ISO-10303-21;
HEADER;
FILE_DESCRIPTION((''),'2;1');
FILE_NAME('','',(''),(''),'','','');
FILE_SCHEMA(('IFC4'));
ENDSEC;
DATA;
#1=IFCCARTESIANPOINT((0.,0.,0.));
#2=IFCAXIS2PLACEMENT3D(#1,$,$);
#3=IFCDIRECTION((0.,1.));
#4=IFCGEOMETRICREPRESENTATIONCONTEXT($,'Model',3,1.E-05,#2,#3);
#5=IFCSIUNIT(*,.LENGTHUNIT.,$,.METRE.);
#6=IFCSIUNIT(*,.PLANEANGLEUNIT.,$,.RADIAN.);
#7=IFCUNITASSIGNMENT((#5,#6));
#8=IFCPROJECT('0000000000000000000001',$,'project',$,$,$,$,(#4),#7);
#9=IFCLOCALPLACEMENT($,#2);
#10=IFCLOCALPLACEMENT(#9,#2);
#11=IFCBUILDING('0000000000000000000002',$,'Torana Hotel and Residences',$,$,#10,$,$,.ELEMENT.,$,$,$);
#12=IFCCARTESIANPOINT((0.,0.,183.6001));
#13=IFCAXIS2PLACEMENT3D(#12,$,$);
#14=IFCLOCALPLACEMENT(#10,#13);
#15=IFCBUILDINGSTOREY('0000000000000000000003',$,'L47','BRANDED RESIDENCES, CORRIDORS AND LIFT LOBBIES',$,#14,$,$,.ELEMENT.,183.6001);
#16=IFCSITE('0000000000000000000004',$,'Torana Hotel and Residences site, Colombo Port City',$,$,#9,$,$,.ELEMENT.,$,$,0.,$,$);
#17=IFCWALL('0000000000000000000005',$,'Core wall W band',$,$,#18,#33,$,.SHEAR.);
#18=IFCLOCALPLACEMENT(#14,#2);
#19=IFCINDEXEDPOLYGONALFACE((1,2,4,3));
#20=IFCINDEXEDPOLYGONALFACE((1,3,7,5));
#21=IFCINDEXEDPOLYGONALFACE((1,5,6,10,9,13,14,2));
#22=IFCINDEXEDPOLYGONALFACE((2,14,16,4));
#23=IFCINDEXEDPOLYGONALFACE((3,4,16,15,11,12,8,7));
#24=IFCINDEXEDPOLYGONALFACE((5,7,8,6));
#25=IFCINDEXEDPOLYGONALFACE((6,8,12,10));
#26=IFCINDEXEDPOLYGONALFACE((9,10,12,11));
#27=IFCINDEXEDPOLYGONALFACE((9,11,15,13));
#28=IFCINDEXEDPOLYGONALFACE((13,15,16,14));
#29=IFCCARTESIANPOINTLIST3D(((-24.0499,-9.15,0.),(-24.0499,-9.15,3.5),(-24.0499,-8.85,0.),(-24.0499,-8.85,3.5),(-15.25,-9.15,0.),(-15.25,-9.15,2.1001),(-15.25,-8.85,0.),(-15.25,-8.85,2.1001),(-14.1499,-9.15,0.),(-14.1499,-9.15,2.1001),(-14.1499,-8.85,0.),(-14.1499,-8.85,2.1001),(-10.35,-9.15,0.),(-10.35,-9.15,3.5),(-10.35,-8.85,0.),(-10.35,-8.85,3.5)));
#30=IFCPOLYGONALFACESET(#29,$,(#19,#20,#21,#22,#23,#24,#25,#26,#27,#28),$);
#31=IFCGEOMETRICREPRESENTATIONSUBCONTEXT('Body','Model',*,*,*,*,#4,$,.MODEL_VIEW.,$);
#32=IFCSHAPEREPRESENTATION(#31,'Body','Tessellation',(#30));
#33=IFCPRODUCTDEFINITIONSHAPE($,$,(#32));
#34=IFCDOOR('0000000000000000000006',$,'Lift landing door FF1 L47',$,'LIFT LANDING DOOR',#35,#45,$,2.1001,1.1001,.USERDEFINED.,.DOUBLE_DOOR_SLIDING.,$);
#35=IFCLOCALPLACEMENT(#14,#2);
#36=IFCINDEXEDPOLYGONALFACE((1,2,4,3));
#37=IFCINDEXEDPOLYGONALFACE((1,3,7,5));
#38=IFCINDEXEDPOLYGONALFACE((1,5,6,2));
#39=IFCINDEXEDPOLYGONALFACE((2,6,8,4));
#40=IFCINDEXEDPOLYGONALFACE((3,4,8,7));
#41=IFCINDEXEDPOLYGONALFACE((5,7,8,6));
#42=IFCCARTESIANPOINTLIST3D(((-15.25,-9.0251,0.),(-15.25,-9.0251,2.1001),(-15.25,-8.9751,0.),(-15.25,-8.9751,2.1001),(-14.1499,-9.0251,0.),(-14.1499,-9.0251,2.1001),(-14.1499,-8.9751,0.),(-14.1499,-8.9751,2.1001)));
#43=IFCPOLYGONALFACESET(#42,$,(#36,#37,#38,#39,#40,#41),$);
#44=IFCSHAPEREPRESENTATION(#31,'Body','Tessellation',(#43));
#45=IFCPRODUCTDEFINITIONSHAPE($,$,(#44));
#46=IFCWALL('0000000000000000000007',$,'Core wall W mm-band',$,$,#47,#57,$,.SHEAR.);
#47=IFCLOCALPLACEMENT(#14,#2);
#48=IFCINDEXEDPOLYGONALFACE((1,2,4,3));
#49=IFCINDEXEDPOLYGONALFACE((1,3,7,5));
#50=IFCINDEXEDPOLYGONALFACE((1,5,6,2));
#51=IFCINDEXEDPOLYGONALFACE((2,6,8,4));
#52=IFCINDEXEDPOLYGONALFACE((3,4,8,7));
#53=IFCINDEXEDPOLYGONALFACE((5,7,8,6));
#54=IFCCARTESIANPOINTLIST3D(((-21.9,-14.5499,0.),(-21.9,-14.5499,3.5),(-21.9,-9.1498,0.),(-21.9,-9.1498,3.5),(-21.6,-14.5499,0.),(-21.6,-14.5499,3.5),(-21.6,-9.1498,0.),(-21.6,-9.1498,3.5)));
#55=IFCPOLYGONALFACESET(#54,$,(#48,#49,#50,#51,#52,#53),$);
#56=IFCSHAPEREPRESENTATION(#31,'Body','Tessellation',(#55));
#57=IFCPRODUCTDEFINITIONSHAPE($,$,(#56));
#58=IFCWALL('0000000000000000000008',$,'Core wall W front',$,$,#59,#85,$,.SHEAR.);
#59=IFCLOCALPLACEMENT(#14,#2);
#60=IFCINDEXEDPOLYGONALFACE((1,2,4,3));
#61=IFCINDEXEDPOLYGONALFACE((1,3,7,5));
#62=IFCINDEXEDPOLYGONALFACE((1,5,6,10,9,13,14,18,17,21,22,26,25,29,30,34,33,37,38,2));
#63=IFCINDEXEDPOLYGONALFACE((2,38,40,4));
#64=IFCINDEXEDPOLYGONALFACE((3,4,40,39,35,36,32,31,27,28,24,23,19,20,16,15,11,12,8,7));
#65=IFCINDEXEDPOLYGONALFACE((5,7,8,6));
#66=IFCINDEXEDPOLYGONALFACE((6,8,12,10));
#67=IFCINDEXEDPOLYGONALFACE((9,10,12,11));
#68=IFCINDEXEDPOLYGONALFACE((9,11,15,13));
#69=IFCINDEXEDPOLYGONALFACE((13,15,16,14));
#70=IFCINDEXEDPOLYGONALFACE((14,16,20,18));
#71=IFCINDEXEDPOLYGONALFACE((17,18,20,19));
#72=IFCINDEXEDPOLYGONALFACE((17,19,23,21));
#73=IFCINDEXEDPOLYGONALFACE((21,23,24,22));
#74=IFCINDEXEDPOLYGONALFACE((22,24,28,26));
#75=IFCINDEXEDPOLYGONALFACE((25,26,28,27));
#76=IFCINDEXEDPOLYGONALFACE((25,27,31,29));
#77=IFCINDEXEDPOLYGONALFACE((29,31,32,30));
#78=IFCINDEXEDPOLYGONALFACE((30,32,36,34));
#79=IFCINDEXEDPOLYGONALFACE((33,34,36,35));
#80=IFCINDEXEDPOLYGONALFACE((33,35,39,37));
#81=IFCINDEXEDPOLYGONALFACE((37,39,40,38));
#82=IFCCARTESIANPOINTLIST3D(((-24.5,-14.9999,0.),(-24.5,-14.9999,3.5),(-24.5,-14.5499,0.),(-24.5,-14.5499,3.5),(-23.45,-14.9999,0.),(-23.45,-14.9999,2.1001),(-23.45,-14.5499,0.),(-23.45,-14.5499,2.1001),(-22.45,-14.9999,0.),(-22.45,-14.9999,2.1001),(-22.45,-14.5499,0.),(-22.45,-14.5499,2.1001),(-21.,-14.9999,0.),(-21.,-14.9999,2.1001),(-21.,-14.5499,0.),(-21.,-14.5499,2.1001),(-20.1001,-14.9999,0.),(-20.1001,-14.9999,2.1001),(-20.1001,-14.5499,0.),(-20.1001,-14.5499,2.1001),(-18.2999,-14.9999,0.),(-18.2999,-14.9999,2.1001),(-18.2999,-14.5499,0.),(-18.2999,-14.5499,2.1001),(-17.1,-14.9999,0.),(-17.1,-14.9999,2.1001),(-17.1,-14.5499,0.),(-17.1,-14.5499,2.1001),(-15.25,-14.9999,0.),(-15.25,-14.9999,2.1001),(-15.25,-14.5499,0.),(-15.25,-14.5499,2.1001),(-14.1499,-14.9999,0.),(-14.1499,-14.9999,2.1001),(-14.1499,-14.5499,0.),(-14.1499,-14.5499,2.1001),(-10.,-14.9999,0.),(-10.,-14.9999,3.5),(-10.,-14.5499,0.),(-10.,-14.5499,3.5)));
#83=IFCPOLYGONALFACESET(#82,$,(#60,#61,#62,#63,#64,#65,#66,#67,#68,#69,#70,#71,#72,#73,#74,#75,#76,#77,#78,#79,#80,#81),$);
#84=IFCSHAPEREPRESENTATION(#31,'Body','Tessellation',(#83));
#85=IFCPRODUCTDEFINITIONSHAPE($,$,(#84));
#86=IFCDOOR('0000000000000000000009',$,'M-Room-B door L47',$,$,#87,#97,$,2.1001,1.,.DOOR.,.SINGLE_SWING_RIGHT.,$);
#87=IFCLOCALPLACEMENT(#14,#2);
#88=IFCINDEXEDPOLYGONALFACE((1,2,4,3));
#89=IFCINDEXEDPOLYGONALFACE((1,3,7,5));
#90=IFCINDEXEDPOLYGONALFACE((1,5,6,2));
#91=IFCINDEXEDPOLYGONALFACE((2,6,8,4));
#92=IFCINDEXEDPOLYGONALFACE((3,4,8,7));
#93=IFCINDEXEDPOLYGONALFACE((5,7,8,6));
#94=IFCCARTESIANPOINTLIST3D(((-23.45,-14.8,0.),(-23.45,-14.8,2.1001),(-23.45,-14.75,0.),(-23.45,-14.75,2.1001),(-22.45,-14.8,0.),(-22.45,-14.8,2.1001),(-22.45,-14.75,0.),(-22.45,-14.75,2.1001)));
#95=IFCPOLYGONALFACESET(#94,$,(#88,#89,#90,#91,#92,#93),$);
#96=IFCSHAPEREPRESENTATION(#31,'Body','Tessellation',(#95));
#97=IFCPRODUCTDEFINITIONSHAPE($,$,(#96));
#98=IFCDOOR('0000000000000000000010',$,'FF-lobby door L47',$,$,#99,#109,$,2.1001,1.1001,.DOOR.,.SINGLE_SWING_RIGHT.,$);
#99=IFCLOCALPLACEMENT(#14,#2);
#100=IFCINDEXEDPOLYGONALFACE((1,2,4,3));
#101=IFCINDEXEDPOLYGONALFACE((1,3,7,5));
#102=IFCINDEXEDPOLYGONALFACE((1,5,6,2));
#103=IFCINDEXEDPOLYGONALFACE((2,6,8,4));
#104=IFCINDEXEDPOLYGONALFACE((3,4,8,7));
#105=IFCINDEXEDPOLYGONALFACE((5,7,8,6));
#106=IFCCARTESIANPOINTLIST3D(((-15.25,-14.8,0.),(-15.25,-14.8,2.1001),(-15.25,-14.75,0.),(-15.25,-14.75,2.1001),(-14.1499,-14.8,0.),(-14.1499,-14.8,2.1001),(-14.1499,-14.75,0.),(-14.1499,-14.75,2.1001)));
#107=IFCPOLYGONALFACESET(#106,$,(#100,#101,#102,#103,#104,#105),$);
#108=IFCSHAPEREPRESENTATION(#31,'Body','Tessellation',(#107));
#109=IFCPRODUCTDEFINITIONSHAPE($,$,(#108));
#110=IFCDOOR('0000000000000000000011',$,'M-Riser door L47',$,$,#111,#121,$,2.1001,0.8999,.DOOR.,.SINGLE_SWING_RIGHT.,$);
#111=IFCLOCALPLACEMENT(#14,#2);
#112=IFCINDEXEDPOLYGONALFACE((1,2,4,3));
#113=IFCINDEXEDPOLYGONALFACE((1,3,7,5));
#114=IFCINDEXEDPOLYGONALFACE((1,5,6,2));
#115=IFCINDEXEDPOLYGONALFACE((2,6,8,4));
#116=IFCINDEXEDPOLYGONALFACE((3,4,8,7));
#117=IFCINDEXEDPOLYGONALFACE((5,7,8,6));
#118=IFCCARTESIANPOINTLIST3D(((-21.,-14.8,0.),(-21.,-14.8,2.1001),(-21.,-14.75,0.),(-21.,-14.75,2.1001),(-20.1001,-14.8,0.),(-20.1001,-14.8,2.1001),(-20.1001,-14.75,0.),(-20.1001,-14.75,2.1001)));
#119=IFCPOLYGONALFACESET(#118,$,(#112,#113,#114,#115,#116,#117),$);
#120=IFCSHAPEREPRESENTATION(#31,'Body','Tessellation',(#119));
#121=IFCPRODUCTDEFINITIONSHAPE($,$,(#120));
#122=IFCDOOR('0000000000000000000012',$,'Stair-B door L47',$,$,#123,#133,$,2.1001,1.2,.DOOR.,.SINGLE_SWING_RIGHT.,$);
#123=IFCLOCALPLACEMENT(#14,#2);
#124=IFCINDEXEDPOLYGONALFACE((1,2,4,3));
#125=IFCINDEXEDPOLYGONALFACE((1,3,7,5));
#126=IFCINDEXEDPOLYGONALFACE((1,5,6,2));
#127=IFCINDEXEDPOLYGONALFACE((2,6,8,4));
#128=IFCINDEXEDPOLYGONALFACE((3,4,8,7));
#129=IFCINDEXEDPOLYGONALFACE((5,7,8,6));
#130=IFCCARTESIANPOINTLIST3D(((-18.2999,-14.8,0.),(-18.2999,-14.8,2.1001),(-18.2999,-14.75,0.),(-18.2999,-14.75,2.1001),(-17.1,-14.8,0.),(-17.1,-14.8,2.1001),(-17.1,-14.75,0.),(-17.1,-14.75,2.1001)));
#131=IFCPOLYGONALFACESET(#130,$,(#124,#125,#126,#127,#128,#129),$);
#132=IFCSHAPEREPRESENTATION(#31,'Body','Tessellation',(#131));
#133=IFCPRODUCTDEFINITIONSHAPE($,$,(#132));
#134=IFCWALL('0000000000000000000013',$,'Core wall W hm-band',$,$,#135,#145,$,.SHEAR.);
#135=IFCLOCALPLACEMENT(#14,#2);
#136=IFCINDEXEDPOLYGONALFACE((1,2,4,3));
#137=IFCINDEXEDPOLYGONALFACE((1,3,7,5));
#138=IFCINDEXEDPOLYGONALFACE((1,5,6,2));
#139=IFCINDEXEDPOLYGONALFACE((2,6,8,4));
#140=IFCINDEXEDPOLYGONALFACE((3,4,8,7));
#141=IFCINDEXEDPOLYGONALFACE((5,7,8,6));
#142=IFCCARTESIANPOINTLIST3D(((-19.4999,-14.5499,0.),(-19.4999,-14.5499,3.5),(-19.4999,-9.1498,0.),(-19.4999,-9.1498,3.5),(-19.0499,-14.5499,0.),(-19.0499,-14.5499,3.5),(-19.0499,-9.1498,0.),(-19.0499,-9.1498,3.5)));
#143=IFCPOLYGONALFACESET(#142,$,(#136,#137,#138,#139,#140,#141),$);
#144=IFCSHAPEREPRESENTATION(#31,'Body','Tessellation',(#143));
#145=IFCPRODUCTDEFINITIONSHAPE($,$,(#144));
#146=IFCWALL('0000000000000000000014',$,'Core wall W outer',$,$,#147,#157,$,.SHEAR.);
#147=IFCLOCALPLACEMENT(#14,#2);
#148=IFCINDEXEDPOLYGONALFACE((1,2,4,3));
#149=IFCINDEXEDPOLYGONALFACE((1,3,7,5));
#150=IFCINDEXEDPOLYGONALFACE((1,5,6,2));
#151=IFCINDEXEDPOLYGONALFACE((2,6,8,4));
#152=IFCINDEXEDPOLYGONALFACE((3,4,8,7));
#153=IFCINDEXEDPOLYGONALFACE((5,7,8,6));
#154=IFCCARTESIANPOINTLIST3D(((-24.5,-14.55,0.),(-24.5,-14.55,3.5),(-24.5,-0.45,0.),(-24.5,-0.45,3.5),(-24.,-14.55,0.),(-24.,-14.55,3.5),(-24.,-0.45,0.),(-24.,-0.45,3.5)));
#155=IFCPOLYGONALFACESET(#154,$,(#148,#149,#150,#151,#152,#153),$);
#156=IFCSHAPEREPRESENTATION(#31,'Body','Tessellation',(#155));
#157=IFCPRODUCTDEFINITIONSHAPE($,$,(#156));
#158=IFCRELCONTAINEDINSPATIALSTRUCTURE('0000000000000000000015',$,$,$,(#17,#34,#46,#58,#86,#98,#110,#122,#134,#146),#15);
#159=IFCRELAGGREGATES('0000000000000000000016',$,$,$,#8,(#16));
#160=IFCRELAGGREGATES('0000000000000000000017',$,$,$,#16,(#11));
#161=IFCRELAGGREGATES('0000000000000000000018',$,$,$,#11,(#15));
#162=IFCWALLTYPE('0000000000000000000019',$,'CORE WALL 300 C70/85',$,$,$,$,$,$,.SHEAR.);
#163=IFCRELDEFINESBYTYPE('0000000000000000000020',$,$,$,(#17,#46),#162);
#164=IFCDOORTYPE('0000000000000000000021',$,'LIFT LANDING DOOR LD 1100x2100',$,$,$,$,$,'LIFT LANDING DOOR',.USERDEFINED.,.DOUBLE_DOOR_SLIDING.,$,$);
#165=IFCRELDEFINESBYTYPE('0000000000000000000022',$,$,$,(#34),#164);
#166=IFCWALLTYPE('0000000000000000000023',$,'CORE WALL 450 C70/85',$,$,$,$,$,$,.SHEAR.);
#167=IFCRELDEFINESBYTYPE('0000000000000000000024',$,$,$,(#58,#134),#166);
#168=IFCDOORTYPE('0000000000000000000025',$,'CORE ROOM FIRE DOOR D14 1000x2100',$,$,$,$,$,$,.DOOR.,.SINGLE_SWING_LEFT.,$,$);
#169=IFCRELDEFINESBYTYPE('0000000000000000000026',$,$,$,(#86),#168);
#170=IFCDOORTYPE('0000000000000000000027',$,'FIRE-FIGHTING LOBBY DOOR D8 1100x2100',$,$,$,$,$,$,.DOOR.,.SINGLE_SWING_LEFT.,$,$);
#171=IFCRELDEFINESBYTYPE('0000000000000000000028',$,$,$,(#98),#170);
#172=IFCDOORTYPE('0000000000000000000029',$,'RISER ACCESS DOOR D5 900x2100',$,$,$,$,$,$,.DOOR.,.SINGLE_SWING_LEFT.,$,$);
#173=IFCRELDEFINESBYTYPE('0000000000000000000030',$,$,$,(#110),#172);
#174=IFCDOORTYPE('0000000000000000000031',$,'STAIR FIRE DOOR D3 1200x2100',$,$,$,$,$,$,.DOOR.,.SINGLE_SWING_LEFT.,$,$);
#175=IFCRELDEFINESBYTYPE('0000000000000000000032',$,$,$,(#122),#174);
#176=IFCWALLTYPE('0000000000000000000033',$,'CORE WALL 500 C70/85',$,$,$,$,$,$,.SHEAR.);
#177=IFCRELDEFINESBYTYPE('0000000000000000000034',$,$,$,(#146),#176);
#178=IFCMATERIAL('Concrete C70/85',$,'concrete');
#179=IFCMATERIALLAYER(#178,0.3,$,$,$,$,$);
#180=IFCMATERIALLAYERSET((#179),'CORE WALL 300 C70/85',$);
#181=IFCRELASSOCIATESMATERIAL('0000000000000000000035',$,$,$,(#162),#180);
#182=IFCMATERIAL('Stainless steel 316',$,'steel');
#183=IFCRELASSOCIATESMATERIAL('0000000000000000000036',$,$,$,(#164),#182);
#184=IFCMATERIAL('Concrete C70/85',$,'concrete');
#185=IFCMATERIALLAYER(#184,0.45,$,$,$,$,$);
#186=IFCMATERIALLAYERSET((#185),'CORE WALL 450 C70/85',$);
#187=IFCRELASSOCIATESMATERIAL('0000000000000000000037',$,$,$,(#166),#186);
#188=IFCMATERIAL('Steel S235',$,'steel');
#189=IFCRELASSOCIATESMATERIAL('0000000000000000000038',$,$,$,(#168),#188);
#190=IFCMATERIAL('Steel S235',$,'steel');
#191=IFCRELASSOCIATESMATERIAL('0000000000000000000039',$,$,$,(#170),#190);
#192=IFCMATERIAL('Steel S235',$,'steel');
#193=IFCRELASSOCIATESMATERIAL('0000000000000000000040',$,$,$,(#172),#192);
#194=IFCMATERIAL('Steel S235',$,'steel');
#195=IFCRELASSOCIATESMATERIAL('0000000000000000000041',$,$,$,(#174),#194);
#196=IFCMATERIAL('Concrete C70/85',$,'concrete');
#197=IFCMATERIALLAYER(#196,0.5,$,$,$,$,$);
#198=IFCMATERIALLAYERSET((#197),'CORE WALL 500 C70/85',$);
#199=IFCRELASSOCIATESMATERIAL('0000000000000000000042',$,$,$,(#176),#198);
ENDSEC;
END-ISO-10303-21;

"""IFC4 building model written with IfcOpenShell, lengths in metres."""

from ifc_helpers import new_model, si_unit, direction, frame, frame_2d, origin, place, context, subcontext, project, spatial, rectangle, extrude, material, layer, layer_set, type_object, element, fill, save


model = new_model("IFC4")

# Units and contexts
model_context = context("Model", 3, precision=1e-05, world=origin(), true_north=direction((0.0, 1.0)))
body_context = subcontext(model_context, "Body", "Model", "MODEL_VIEW")
ifc_project = project(units=[si_unit("LENGTHUNIT", "METRE"), si_unit("PLANEANGLEUNIT", "RADIAN")], contexts=[model_context])

# Site, building, storey
site_placement = place(None, origin())
site = spatial("IfcSite", under=ifc_project, at=site_placement, Name="Torana Hotel and Residences site, Colombo Port City", CompositionType="ELEMENT", RefElevation=0.0)
building_placement = place(site_placement, origin())
building = spatial("IfcBuilding", under=site, at=building_placement, Name="Torana Hotel and Residences", CompositionType="ELEMENT")
storey_placement = place(building_placement, frame((0.0, 0.0, 183.6001)))
storey = spatial("IfcBuildingStorey", under=building, at=storey_placement, Name="L47", Description="BRANDED RESIDENCES, CORRIDORS AND LIFT LOBBIES", CompositionType="ELEMENT", Elevation=183.6001)

# Wall, opening, door
ifc_material_1 = material(Name="Concrete C70/85", Category="concrete")
ifc_layer_1 = layer(ifc_material_1, 0.3)
ifc_layer_set_1 = layer_set([ifc_layer_1], Name="CORE WALL 300 C70/85")
wall_type_1 = type_object("IfcWallType", Name="CORE WALL 300 C70/85", PredefinedType="SHEAR", material=ifc_layer_set_1)
wall_1_placement = place(storey_placement, frame((-24.05, -9.0, 0.0), z_axis=(0.0, 0.0, 1.0), x_axis=(1.0, 0.0, 0.0)))
wall_1 = element("IfcWall", 1, at=wall_1_placement, inside=storey, type_object=wall_type_1, Name="Core wall W band", PredefinedType="SHEAR", context=body_context, shape_type="SweptSolid", body=[
    extrude(rectangle(XDim=13.7, YDim=0.3, at=frame_2d((6.8501, 0.0))), origin(), (0.0, 0.0, 1.0), 3.5),
])
opening_1_placement = place(wall_1_placement, frame((8.8, 0.0, 0.0)))
opening_1 = element("IfcOpeningElement", 2, at=opening_1_placement, cuts=wall_1, PredefinedType="OPENING", context=body_context, shape_type="SweptSolid", body=[
    extrude(rectangle(XDim=1.1001, YDim=2.1001, at=frame_2d((0.55, 1.05))), frame((0.0, 0.1599, 0.0), z_axis=(0.0, -1.0, 0.0), x_axis=(1.0, 0.0, 0.0)), (0.0, 0.0, 1.0), 0.3201),
])
ifc_material_2 = material(Name="Stainless steel 316", Category="steel")
door_type_1 = type_object("IfcDoorType", Name="LIFT LANDING DOOR LD 1100x2100", ElementType="LIFT LANDING DOOR", OperationType="DOUBLE_DOOR_SLIDING", PredefinedType="USERDEFINED", material=ifc_material_2)
door_1_placement = place(opening_1_placement, origin())
door_1 = element("IfcDoor", 3, at=door_1_placement, inside=storey, type_object=door_type_1, Name="Lift landing door FF1 L47", ObjectType="LIFT LANDING DOOR", OperationType="DOUBLE_DOOR_SLIDING", OverallHeight=2.1001, OverallWidth=1.1001, PredefinedType="USERDEFINED", context=body_context, shape_type="SweptSolid", body=[
    extrude(rectangle(XDim=1.1001, YDim=2.1001, at=frame_2d((0.55, 1.05))), frame((0.0, 0.0249, 0.0), z_axis=(0.0, -1.0, 0.0), x_axis=(1.0, 0.0, 0.0)), (0.0, 0.0, 1.0), 0.05),
])
fill(opening_1, door_1)

# Wall
wall_2_placement = place(storey_placement, frame((-21.75, -14.55, 0.0), z_axis=(0.0, 0.0, 1.0), x_axis=(0.0, 1.0, 0.0)))
element("IfcWall", 4, at=wall_2_placement, inside=storey, type_object=wall_type_1, Name="Core wall W mm-band", PredefinedType="SHEAR", context=body_context, shape_type="SweptSolid", body=[
    extrude(rectangle(XDim=5.4001, YDim=0.3, at=frame_2d((2.7002, 0.0))), origin(), (0.0, 0.0, 1.0), 3.5),
])

# Wall, openings, doors
ifc_material_3 = material(Name="Concrete C70/85", Category="concrete")
ifc_layer_2 = layer(ifc_material_3, 0.45)
ifc_layer_set_2 = layer_set([ifc_layer_2], Name="CORE WALL 450 C70/85")
wall_type_2 = type_object("IfcWallType", Name="CORE WALL 450 C70/85", PredefinedType="SHEAR", material=ifc_layer_set_2)
wall_3_placement = place(storey_placement, frame((-24.5, -14.7749, 0.0), z_axis=(0.0, 0.0, 1.0), x_axis=(1.0, 0.0, 0.0)))
wall_3 = element("IfcWall", 5, at=wall_3_placement, inside=storey, type_object=wall_type_2, Name="Core wall W front", PredefinedType="SHEAR", context=body_context, shape_type="SweptSolid", body=[
    extrude(rectangle(XDim=14.5, YDim=0.45, at=frame_2d((7.25, 0.0))), origin(), (0.0, 0.0, 1.0), 3.5),
])
opening_2_placement = place(wall_3_placement, frame((6.2, 0.0, 0.0)))
opening_2 = element("IfcOpeningElement", 6, at=opening_2_placement, cuts=wall_3, PredefinedType="OPENING", context=body_context, shape_type="SweptSolid", body=[
    extrude(rectangle(XDim=1.2, YDim=2.1001, at=frame_2d((0.6001, 1.05))), frame((0.0, 0.2349, 0.0), z_axis=(0.0, -1.0, 0.0), x_axis=(1.0, 0.0, 0.0)), (0.0, 0.0, 1.0), 0.47),
])
opening_3_placement = place(wall_3_placement, frame((9.25, 0.0, 0.0)))
opening_3 = element("IfcOpeningElement", 7, at=opening_3_placement, cuts=wall_3, PredefinedType="OPENING", context=body_context, shape_type="SweptSolid", body=[
    extrude(rectangle(XDim=1.1001, YDim=2.1001, at=frame_2d((0.55, 1.05))), frame((0.0, 0.2349, 0.0), z_axis=(0.0, -1.0, 0.0), x_axis=(1.0, 0.0, 0.0)), (0.0, 0.0, 1.0), 0.47),
])
opening_4_placement = place(wall_3_placement, frame((3.5, 0.0, 0.0)))
opening_4 = element("IfcOpeningElement", 8, at=opening_4_placement, cuts=wall_3, PredefinedType="OPENING", context=body_context, shape_type="SweptSolid", body=[
    extrude(rectangle(XDim=0.8999, YDim=2.1001, at=frame_2d((0.45, 1.05))), frame((0.0, 0.2349, 0.0), z_axis=(0.0, -1.0, 0.0), x_axis=(1.0, 0.0, 0.0)), (0.0, 0.0, 1.0), 0.47),
])
opening_5_placement = place(wall_3_placement, frame((1.05, 0.0, 0.0)))
opening_5 = element("IfcOpeningElement", 9, at=opening_5_placement, cuts=wall_3, PredefinedType="OPENING", context=body_context, shape_type="SweptSolid", body=[
    extrude(rectangle(XDim=1.0, YDim=2.1001, at=frame_2d((0.5, 1.05))), frame((0.0, 0.2349, 0.0), z_axis=(0.0, -1.0, 0.0), x_axis=(1.0, 0.0, 0.0)), (0.0, 0.0, 1.0), 0.47),
])
ifc_material_4 = material(Name="Steel S235", Category="steel")
door_type_2 = type_object("IfcDoorType", Name="CORE ROOM FIRE DOOR D14 1000x2100", OperationType="SINGLE_SWING_LEFT", PredefinedType="DOOR", material=ifc_material_4)
door_2_placement = place(opening_5_placement, origin())
door_2 = element("IfcDoor", 10, at=door_2_placement, inside=storey, type_object=door_type_2, Name="M-Room-B door L47", OperationType="SINGLE_SWING_RIGHT", OverallHeight=2.1001, OverallWidth=1.0, PredefinedType="DOOR", context=body_context, shape_type="SweptSolid", body=[
    extrude(rectangle(XDim=1.0, YDim=2.1001, at=frame_2d((0.5, 1.05))), frame((0.0, 0.0249, 0.0), z_axis=(0.0, -1.0, 0.0), x_axis=(1.0, 0.0, 0.0)), (0.0, 0.0, 1.0), 0.05),
])
fill(opening_5, door_2)
ifc_material_5 = material(Name="Steel S235", Category="steel")
door_type_3 = type_object("IfcDoorType", Name="FIRE-FIGHTING LOBBY DOOR D8 1100x2100", OperationType="SINGLE_SWING_LEFT", PredefinedType="DOOR", material=ifc_material_5)
door_3_placement = place(opening_3_placement, origin())
door_3 = element("IfcDoor", 11, at=door_3_placement, inside=storey, type_object=door_type_3, Name="FF-lobby door L47", OperationType="SINGLE_SWING_RIGHT", OverallHeight=2.1001, OverallWidth=1.1001, PredefinedType="DOOR", context=body_context, shape_type="SweptSolid", body=[
    extrude(rectangle(XDim=1.1001, YDim=2.1001, at=frame_2d((0.55, 1.05))), frame((0.0, 0.0249, 0.0), z_axis=(0.0, -1.0, 0.0), x_axis=(1.0, 0.0, 0.0)), (0.0, 0.0, 1.0), 0.05),
])
fill(opening_3, door_3)
ifc_material_6 = material(Name="Steel S235", Category="steel")
door_type_4 = type_object("IfcDoorType", Name="RISER ACCESS DOOR D5 900x2100", OperationType="SINGLE_SWING_LEFT", PredefinedType="DOOR", material=ifc_material_6)
door_4_placement = place(opening_4_placement, origin())
door_4 = element("IfcDoor", 12, at=door_4_placement, inside=storey, type_object=door_type_4, Name="M-Riser door L47", OperationType="SINGLE_SWING_RIGHT", OverallHeight=2.1001, OverallWidth=0.8999, PredefinedType="DOOR", context=body_context, shape_type="SweptSolid", body=[
    extrude(rectangle(XDim=0.8999, YDim=2.1001, at=frame_2d((0.45, 1.05))), frame((0.0, 0.0249, 0.0), z_axis=(0.0, -1.0, 0.0), x_axis=(1.0, 0.0, 0.0)), (0.0, 0.0, 1.0), 0.05),
])
fill(opening_4, door_4)
ifc_material_7 = material(Name="Steel S235", Category="steel")
door_type_5 = type_object("IfcDoorType", Name="STAIR FIRE DOOR D3 1200x2100", OperationType="SINGLE_SWING_LEFT", PredefinedType="DOOR", material=ifc_material_7)
door_5_placement = place(opening_2_placement, origin())
door_5 = element("IfcDoor", 13, at=door_5_placement, inside=storey, type_object=door_type_5, Name="Stair-B door L47", OperationType="SINGLE_SWING_RIGHT", OverallHeight=2.1001, OverallWidth=1.2, PredefinedType="DOOR", context=body_context, shape_type="SweptSolid", body=[
    extrude(rectangle(XDim=1.2, YDim=2.1001, at=frame_2d((0.6001, 1.05))), frame((0.0, 0.0249, 0.0), z_axis=(0.0, -1.0, 0.0), x_axis=(1.0, 0.0, 0.0)), (0.0, 0.0, 1.0), 0.05),
])
fill(opening_2, door_5)

# Walls
wall_4_placement = place(storey_placement, frame((-19.2749, -14.55, 0.0), z_axis=(0.0, 0.0, 1.0), x_axis=(0.0, 1.0, 0.0)))
element("IfcWall", 14, at=wall_4_placement, inside=storey, type_object=wall_type_2, Name="Core wall W hm-band", PredefinedType="SHEAR", context=body_context, shape_type="SweptSolid", body=[
    extrude(rectangle(XDim=5.4001, YDim=0.45, at=frame_2d((2.7002, 0.0))), origin(), (0.0, 0.0, 1.0), 3.5),
])
ifc_material_8 = material(Name="Concrete C70/85", Category="concrete")
ifc_layer_3 = layer(ifc_material_8, 0.5)
ifc_layer_set_3 = layer_set([ifc_layer_3], Name="CORE WALL 500 C70/85")
wall_type_3 = type_object("IfcWallType", Name="CORE WALL 500 C70/85", PredefinedType="SHEAR", material=ifc_layer_set_3)
wall_5_placement = place(storey_placement, frame((-24.25, -14.55, 0.0), z_axis=(0.0, 0.0, 1.0), x_axis=(0.0, 1.0, 0.0)))
element("IfcWall", 15, at=wall_5_placement, inside=storey, type_object=wall_type_3, Name="Core wall W outer", PredefinedType="SHEAR", context=body_context, shape_type="SweptSolid", body=[
    extrude(rectangle(XDim=14.1001, YDim=0.5, at=frame_2d((7.05, 0.0))), origin(), (0.0, 0.0, 1.0), 3.5),
])

save(model, "model.ifc")
